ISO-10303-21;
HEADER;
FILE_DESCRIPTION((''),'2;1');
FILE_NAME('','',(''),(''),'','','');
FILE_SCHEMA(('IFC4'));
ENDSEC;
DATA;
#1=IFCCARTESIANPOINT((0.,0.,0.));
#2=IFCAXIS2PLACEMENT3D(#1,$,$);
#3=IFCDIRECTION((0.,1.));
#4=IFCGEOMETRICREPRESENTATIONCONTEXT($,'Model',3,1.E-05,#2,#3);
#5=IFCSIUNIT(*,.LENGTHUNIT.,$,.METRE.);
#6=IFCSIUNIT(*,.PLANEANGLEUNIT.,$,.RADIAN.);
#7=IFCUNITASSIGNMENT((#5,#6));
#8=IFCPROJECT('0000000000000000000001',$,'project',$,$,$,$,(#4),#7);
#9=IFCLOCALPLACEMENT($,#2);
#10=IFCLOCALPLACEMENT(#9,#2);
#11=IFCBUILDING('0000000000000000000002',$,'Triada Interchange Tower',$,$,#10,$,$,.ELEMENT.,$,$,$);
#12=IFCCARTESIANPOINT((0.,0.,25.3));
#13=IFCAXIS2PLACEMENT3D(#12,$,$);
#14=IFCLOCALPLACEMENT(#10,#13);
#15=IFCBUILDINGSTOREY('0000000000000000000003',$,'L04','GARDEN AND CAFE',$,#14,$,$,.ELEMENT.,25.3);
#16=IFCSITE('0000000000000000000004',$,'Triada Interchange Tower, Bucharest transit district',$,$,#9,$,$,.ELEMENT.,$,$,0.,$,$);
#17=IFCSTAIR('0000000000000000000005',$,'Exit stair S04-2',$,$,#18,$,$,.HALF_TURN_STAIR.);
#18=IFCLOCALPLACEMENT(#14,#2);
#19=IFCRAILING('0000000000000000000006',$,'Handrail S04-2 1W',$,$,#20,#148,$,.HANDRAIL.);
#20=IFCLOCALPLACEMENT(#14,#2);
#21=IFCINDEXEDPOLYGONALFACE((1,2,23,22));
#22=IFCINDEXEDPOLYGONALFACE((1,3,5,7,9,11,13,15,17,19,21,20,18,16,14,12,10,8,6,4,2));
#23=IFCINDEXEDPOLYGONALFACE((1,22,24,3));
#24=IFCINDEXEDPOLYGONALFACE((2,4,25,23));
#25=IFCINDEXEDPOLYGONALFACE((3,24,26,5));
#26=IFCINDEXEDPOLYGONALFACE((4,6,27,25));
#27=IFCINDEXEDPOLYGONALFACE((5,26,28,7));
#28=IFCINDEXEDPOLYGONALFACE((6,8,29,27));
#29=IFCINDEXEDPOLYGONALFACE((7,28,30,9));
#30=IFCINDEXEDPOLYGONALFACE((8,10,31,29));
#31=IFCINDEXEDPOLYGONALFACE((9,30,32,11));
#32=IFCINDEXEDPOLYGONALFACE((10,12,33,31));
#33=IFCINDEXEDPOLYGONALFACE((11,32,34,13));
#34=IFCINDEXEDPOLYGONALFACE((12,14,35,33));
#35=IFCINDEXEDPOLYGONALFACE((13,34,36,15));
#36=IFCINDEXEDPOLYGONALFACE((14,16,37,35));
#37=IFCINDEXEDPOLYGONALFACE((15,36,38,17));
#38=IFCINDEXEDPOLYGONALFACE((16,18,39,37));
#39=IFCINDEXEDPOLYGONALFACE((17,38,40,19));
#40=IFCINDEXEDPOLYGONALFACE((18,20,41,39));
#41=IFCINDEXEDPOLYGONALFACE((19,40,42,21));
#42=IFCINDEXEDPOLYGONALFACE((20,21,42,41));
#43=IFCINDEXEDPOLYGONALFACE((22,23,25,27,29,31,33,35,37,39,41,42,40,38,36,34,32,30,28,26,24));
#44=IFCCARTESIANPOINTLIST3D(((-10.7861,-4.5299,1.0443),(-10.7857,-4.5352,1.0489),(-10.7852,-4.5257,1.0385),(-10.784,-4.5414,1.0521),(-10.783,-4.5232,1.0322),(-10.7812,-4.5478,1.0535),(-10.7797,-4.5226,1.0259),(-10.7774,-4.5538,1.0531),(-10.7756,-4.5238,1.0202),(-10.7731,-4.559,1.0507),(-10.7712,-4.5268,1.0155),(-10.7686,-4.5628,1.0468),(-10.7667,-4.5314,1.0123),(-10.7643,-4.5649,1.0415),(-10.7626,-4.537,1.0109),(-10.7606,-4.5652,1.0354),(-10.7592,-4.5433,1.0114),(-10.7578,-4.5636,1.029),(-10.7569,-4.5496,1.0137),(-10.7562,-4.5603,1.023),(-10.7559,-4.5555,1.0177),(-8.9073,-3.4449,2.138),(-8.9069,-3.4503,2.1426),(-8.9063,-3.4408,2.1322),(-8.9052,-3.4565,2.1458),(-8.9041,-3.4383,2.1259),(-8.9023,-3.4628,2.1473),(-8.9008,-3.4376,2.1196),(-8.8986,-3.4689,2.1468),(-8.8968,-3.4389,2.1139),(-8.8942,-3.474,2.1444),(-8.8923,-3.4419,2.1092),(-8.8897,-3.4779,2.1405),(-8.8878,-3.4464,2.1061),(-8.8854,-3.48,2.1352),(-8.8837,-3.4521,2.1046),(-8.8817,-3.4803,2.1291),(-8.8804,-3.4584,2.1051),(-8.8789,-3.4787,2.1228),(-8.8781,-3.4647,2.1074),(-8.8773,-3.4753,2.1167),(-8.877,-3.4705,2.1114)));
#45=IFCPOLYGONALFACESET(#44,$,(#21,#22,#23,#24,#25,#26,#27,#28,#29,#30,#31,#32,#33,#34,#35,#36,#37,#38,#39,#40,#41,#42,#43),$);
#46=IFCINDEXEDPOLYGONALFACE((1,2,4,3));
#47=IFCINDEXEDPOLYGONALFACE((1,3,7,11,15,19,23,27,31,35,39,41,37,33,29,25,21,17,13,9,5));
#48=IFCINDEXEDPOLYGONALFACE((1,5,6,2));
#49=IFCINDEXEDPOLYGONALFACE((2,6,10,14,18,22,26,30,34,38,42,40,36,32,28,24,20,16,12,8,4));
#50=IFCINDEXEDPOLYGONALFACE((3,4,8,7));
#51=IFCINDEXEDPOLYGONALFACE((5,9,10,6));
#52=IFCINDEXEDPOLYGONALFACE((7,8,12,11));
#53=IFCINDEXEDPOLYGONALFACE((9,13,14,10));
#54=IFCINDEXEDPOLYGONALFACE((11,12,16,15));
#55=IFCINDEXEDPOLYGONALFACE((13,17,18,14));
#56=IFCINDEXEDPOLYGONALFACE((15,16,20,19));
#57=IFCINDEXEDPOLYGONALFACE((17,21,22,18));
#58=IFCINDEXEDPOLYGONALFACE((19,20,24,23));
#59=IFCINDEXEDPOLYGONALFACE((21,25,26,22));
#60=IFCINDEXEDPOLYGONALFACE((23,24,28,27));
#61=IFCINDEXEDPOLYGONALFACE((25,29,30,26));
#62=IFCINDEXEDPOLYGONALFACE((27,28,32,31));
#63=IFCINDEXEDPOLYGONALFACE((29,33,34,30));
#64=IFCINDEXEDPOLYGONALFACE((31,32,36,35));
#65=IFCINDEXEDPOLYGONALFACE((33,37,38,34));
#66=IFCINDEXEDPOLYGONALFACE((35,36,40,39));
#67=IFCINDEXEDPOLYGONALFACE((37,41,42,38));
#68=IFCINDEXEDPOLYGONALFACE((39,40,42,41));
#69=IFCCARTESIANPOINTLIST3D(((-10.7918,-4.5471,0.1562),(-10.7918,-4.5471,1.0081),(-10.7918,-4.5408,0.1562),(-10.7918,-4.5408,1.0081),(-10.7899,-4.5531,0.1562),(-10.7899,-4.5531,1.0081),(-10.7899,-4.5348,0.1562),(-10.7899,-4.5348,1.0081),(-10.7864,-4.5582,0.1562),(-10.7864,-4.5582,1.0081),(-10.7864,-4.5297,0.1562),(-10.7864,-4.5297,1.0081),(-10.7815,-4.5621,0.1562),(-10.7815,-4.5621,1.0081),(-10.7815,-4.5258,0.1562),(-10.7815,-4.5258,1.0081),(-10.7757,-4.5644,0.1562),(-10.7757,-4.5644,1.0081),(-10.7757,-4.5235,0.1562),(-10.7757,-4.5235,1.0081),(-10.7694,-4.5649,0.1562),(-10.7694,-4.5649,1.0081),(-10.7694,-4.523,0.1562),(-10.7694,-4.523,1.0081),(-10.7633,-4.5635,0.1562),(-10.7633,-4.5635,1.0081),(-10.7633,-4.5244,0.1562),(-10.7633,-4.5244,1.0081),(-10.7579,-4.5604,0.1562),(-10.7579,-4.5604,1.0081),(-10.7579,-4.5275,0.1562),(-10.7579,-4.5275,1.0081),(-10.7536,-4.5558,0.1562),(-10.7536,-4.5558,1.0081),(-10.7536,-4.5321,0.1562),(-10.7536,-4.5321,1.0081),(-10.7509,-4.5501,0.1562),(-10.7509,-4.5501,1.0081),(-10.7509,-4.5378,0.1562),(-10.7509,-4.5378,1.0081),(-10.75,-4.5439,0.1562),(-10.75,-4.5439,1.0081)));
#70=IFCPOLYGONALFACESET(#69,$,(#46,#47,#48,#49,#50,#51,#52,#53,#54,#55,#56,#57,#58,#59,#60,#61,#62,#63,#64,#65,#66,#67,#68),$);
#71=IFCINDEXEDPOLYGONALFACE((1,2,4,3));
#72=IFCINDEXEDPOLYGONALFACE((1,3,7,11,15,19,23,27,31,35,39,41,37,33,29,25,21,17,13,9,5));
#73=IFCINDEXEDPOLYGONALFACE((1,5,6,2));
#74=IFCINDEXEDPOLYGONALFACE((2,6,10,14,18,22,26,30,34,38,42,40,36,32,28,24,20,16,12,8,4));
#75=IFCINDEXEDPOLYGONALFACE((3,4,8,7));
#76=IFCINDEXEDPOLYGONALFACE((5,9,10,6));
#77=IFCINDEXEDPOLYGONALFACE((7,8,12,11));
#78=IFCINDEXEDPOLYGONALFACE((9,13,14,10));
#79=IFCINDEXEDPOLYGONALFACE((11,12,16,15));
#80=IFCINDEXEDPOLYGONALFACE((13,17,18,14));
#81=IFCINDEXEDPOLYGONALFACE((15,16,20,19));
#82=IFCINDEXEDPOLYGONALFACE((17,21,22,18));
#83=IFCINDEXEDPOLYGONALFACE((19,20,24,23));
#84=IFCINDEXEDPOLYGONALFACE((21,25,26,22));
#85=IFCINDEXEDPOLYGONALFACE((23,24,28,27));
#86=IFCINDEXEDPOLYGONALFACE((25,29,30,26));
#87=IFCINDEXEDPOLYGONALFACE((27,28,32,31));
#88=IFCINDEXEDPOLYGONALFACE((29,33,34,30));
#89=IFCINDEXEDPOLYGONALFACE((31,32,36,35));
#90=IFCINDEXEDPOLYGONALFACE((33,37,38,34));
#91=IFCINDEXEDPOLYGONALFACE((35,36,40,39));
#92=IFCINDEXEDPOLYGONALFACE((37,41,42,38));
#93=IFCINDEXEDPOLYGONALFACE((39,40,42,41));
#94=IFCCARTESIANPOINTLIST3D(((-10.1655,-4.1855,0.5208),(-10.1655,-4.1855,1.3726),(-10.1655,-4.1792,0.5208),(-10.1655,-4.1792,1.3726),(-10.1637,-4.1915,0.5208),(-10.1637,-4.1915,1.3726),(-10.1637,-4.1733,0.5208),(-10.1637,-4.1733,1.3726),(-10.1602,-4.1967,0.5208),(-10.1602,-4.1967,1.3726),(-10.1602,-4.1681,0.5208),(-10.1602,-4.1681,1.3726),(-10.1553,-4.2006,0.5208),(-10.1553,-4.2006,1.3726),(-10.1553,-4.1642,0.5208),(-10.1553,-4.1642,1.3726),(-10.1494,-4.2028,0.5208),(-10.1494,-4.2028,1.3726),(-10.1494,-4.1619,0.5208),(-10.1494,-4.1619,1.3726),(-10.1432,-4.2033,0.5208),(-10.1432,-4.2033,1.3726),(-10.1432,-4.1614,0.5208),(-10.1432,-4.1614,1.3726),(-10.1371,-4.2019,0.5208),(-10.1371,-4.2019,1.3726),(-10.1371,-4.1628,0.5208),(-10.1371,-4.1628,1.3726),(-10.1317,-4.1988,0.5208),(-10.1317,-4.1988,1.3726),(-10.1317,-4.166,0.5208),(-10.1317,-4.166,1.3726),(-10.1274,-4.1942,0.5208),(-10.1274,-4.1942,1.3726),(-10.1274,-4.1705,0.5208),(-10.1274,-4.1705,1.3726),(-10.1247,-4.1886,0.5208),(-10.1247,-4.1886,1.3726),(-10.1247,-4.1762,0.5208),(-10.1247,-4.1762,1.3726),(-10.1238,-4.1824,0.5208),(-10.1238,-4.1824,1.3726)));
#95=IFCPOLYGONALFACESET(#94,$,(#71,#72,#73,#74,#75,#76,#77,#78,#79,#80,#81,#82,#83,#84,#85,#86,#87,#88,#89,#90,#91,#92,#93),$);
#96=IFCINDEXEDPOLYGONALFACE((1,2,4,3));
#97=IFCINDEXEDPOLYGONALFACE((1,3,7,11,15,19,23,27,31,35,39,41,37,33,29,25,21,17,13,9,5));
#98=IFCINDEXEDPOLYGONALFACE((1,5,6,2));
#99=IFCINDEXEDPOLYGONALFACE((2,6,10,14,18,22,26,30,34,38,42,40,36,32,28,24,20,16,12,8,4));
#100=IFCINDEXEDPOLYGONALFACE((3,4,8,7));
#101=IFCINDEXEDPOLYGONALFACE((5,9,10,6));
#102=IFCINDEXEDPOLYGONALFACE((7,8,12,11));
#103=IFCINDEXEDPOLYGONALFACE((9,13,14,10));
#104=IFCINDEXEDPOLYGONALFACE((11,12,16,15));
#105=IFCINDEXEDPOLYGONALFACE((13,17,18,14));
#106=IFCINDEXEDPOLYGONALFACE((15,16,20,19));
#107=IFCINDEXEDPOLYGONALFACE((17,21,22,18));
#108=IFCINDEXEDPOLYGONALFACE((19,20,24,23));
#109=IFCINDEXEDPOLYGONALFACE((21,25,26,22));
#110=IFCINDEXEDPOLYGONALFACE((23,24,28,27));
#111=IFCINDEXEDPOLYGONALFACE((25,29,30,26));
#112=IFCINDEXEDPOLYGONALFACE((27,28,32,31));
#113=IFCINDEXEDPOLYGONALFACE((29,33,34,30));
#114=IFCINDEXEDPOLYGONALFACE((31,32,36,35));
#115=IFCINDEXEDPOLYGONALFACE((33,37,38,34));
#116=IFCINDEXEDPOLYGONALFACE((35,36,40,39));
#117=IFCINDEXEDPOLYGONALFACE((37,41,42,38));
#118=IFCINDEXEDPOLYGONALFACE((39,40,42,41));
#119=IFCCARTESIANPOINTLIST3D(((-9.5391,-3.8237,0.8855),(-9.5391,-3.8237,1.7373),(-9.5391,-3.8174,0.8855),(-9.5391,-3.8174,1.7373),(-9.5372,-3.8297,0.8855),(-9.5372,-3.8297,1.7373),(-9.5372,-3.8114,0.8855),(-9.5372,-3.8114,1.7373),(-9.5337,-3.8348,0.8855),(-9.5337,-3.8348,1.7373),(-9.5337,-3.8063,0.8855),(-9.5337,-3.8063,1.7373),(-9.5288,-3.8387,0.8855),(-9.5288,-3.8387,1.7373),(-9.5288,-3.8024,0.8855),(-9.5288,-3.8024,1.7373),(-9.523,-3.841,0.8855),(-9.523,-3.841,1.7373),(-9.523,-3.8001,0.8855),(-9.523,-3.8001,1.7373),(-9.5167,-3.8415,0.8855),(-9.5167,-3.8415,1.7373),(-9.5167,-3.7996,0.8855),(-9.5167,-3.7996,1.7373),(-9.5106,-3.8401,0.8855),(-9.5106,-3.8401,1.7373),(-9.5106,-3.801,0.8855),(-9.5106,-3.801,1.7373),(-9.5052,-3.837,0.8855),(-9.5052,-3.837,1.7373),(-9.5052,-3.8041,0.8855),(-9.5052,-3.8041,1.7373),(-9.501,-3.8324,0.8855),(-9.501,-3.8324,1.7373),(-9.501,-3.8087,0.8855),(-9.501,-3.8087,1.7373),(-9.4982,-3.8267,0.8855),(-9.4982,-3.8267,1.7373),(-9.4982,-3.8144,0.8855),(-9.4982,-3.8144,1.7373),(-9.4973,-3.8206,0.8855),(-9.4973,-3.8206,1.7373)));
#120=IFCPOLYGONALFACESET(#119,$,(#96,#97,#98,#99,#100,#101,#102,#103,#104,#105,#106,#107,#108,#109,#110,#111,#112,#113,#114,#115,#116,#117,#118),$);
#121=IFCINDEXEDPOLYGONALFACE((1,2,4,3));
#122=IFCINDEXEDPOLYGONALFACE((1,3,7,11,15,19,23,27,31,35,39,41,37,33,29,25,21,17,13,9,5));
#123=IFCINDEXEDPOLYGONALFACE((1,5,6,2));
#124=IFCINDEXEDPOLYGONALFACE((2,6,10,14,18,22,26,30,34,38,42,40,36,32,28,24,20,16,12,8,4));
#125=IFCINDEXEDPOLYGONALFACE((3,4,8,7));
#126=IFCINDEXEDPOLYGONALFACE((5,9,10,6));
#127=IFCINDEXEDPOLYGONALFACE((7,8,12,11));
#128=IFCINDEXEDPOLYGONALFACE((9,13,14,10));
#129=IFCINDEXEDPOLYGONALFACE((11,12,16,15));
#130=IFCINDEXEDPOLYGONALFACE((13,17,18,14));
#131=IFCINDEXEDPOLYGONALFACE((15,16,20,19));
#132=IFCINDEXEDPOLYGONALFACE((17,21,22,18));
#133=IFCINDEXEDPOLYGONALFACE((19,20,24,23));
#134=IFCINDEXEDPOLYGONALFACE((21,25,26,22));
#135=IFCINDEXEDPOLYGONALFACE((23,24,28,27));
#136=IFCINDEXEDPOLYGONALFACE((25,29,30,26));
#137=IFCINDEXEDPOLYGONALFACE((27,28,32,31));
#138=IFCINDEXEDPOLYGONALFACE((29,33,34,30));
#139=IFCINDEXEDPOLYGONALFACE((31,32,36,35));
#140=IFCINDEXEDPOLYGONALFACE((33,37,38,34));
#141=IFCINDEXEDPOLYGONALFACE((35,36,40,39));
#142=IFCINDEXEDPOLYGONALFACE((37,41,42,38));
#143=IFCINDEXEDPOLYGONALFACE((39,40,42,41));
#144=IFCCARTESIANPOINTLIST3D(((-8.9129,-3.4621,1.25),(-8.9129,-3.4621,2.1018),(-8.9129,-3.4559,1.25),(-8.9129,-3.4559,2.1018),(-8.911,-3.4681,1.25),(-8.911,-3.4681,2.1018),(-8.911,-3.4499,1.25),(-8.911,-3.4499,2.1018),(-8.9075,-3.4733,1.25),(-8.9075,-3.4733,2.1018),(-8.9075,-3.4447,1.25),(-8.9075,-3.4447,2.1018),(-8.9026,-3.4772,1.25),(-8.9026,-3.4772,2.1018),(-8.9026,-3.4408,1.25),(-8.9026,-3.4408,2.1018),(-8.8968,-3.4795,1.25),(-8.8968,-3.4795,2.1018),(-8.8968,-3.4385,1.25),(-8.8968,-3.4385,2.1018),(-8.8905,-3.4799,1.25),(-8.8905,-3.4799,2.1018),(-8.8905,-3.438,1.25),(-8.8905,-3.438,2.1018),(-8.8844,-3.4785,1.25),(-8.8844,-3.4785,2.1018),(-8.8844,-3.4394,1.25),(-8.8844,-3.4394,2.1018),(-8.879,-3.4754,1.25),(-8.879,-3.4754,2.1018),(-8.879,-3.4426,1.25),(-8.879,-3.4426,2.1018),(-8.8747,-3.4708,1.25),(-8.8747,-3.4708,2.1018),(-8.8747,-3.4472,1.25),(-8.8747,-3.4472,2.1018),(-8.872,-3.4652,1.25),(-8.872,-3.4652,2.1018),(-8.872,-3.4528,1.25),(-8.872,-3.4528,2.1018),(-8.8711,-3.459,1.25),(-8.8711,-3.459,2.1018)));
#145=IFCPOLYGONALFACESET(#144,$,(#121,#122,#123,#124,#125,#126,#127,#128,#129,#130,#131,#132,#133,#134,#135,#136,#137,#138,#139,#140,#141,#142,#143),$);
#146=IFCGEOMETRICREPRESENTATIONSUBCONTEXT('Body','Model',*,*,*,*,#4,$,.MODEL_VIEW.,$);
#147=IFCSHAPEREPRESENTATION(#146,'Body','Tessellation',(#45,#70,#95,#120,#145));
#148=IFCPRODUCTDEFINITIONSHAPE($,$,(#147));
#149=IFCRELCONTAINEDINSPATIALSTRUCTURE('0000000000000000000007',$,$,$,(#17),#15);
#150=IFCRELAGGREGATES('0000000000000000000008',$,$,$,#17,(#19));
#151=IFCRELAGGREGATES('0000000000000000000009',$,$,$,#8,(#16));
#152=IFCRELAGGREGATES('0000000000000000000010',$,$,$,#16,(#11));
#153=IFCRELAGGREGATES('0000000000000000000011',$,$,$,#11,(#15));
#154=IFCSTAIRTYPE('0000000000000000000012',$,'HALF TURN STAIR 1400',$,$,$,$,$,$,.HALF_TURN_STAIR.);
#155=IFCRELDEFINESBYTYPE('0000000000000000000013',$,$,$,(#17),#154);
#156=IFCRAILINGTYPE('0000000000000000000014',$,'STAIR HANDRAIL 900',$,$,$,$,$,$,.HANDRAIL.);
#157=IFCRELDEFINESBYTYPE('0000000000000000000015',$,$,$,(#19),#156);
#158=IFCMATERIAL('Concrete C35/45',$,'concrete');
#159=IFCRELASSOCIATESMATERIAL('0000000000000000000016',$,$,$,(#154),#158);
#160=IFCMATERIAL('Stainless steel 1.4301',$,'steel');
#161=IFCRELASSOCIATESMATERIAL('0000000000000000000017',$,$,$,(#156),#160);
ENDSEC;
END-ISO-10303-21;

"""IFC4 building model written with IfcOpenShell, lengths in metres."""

from ifc_helpers import new_model, si_unit, direction, frame, origin, origin_2d, place, context, subcontext, project, spatial, circle, extrude, material, type_object, element, aggregate, save


model = new_model("IFC4")

# Units and contexts
model_context = context("Model", 3, precision=1e-05, world=origin(), true_north=direction((0.0, 1.0)))
body_context = subcontext(model_context, "Body", "Model", "MODEL_VIEW")
ifc_project = project(units=[si_unit("LENGTHUNIT", "METRE"), si_unit("PLANEANGLEUNIT", "RADIAN")], contexts=[model_context])

# Site, building, storey
site_placement = place(None, origin())
site = spatial("IfcSite", under=ifc_project, at=site_placement, Name="Triada Interchange Tower, Bucharest transit district", CompositionType="ELEMENT", RefElevation=0.0)
building_placement = place(site_placement, origin())
building = spatial("IfcBuilding", under=site, at=building_placement, Name="Triada Interchange Tower", CompositionType="ELEMENT")
storey_placement = place(building_placement, frame((0.0, 0.0, 25.3)))
storey = spatial("IfcBuildingStorey", under=building, at=storey_placement, Name="L04", Description="GARDEN AND CAFE", CompositionType="ELEMENT", Elevation=25.3)

# Shared definitions
ifc_material_1 = material(Name="Concrete C35/45", Category="concrete")

# Stair, railing
stair_type = type_object("IfcStairType", Name="HALF TURN STAIR 1400", PredefinedType="HALF_TURN_STAIR", material=ifc_material_1)
stair_placement = place(storey_placement, origin())
stair = element("IfcStair", 1, at=stair_placement, inside=storey, type_object=stair_type, Name="Exit stair S04-2", PredefinedType="HALF_TURN_STAIR")
ifc_material_2 = material(Name="Stainless steel 1.4301", Category="steel")
railing_type = type_object("IfcRailingType", Name="STAIR HANDRAIL 900", PredefinedType="HANDRAIL", material=ifc_material_2)
railing_1_placement = place(storey_placement, frame((-10.771, -4.5439, 0.1562)))
railing_1 = element("IfcRailing", 2, at=railing_1_placement, type_object=railing_type, Name="Handrail S04-2 1W", PredefinedType="HANDRAIL", context=body_context, shape_type="SweptSolid", body=[
    extrude(circle(Radius=0.0239, at=origin_2d()), frame((0.0, 0.0, 0.876), z_axis=(0.77329, 0.446531, 0.450148), x_axis=(-0.50006, 0.865991, 0.0)), (0.0, 0.0, 1.0), 2.4297),
    extrude(circle(Radius=0.021, at=origin_2d()), origin(), (0.0, 0.0, 1.0), 0.8518),
    extrude(circle(Radius=0.021, at=origin_2d()), frame((0.6262, 0.3616, 0.3645)), (0.0, 0.0, 1.0), 0.8518),
    extrude(circle(Radius=0.021, at=origin_2d()), frame((1.2527, 0.7234, 0.7292)), (0.0, 0.0, 1.0), 0.8518),
    extrude(circle(Radius=0.021, at=origin_2d()), frame((1.8789, 1.085, 1.0938)), (0.0, 0.0, 1.0), 0.8518),
])
aggregate(stair, [railing_1])

save(model, "model.ifc")
